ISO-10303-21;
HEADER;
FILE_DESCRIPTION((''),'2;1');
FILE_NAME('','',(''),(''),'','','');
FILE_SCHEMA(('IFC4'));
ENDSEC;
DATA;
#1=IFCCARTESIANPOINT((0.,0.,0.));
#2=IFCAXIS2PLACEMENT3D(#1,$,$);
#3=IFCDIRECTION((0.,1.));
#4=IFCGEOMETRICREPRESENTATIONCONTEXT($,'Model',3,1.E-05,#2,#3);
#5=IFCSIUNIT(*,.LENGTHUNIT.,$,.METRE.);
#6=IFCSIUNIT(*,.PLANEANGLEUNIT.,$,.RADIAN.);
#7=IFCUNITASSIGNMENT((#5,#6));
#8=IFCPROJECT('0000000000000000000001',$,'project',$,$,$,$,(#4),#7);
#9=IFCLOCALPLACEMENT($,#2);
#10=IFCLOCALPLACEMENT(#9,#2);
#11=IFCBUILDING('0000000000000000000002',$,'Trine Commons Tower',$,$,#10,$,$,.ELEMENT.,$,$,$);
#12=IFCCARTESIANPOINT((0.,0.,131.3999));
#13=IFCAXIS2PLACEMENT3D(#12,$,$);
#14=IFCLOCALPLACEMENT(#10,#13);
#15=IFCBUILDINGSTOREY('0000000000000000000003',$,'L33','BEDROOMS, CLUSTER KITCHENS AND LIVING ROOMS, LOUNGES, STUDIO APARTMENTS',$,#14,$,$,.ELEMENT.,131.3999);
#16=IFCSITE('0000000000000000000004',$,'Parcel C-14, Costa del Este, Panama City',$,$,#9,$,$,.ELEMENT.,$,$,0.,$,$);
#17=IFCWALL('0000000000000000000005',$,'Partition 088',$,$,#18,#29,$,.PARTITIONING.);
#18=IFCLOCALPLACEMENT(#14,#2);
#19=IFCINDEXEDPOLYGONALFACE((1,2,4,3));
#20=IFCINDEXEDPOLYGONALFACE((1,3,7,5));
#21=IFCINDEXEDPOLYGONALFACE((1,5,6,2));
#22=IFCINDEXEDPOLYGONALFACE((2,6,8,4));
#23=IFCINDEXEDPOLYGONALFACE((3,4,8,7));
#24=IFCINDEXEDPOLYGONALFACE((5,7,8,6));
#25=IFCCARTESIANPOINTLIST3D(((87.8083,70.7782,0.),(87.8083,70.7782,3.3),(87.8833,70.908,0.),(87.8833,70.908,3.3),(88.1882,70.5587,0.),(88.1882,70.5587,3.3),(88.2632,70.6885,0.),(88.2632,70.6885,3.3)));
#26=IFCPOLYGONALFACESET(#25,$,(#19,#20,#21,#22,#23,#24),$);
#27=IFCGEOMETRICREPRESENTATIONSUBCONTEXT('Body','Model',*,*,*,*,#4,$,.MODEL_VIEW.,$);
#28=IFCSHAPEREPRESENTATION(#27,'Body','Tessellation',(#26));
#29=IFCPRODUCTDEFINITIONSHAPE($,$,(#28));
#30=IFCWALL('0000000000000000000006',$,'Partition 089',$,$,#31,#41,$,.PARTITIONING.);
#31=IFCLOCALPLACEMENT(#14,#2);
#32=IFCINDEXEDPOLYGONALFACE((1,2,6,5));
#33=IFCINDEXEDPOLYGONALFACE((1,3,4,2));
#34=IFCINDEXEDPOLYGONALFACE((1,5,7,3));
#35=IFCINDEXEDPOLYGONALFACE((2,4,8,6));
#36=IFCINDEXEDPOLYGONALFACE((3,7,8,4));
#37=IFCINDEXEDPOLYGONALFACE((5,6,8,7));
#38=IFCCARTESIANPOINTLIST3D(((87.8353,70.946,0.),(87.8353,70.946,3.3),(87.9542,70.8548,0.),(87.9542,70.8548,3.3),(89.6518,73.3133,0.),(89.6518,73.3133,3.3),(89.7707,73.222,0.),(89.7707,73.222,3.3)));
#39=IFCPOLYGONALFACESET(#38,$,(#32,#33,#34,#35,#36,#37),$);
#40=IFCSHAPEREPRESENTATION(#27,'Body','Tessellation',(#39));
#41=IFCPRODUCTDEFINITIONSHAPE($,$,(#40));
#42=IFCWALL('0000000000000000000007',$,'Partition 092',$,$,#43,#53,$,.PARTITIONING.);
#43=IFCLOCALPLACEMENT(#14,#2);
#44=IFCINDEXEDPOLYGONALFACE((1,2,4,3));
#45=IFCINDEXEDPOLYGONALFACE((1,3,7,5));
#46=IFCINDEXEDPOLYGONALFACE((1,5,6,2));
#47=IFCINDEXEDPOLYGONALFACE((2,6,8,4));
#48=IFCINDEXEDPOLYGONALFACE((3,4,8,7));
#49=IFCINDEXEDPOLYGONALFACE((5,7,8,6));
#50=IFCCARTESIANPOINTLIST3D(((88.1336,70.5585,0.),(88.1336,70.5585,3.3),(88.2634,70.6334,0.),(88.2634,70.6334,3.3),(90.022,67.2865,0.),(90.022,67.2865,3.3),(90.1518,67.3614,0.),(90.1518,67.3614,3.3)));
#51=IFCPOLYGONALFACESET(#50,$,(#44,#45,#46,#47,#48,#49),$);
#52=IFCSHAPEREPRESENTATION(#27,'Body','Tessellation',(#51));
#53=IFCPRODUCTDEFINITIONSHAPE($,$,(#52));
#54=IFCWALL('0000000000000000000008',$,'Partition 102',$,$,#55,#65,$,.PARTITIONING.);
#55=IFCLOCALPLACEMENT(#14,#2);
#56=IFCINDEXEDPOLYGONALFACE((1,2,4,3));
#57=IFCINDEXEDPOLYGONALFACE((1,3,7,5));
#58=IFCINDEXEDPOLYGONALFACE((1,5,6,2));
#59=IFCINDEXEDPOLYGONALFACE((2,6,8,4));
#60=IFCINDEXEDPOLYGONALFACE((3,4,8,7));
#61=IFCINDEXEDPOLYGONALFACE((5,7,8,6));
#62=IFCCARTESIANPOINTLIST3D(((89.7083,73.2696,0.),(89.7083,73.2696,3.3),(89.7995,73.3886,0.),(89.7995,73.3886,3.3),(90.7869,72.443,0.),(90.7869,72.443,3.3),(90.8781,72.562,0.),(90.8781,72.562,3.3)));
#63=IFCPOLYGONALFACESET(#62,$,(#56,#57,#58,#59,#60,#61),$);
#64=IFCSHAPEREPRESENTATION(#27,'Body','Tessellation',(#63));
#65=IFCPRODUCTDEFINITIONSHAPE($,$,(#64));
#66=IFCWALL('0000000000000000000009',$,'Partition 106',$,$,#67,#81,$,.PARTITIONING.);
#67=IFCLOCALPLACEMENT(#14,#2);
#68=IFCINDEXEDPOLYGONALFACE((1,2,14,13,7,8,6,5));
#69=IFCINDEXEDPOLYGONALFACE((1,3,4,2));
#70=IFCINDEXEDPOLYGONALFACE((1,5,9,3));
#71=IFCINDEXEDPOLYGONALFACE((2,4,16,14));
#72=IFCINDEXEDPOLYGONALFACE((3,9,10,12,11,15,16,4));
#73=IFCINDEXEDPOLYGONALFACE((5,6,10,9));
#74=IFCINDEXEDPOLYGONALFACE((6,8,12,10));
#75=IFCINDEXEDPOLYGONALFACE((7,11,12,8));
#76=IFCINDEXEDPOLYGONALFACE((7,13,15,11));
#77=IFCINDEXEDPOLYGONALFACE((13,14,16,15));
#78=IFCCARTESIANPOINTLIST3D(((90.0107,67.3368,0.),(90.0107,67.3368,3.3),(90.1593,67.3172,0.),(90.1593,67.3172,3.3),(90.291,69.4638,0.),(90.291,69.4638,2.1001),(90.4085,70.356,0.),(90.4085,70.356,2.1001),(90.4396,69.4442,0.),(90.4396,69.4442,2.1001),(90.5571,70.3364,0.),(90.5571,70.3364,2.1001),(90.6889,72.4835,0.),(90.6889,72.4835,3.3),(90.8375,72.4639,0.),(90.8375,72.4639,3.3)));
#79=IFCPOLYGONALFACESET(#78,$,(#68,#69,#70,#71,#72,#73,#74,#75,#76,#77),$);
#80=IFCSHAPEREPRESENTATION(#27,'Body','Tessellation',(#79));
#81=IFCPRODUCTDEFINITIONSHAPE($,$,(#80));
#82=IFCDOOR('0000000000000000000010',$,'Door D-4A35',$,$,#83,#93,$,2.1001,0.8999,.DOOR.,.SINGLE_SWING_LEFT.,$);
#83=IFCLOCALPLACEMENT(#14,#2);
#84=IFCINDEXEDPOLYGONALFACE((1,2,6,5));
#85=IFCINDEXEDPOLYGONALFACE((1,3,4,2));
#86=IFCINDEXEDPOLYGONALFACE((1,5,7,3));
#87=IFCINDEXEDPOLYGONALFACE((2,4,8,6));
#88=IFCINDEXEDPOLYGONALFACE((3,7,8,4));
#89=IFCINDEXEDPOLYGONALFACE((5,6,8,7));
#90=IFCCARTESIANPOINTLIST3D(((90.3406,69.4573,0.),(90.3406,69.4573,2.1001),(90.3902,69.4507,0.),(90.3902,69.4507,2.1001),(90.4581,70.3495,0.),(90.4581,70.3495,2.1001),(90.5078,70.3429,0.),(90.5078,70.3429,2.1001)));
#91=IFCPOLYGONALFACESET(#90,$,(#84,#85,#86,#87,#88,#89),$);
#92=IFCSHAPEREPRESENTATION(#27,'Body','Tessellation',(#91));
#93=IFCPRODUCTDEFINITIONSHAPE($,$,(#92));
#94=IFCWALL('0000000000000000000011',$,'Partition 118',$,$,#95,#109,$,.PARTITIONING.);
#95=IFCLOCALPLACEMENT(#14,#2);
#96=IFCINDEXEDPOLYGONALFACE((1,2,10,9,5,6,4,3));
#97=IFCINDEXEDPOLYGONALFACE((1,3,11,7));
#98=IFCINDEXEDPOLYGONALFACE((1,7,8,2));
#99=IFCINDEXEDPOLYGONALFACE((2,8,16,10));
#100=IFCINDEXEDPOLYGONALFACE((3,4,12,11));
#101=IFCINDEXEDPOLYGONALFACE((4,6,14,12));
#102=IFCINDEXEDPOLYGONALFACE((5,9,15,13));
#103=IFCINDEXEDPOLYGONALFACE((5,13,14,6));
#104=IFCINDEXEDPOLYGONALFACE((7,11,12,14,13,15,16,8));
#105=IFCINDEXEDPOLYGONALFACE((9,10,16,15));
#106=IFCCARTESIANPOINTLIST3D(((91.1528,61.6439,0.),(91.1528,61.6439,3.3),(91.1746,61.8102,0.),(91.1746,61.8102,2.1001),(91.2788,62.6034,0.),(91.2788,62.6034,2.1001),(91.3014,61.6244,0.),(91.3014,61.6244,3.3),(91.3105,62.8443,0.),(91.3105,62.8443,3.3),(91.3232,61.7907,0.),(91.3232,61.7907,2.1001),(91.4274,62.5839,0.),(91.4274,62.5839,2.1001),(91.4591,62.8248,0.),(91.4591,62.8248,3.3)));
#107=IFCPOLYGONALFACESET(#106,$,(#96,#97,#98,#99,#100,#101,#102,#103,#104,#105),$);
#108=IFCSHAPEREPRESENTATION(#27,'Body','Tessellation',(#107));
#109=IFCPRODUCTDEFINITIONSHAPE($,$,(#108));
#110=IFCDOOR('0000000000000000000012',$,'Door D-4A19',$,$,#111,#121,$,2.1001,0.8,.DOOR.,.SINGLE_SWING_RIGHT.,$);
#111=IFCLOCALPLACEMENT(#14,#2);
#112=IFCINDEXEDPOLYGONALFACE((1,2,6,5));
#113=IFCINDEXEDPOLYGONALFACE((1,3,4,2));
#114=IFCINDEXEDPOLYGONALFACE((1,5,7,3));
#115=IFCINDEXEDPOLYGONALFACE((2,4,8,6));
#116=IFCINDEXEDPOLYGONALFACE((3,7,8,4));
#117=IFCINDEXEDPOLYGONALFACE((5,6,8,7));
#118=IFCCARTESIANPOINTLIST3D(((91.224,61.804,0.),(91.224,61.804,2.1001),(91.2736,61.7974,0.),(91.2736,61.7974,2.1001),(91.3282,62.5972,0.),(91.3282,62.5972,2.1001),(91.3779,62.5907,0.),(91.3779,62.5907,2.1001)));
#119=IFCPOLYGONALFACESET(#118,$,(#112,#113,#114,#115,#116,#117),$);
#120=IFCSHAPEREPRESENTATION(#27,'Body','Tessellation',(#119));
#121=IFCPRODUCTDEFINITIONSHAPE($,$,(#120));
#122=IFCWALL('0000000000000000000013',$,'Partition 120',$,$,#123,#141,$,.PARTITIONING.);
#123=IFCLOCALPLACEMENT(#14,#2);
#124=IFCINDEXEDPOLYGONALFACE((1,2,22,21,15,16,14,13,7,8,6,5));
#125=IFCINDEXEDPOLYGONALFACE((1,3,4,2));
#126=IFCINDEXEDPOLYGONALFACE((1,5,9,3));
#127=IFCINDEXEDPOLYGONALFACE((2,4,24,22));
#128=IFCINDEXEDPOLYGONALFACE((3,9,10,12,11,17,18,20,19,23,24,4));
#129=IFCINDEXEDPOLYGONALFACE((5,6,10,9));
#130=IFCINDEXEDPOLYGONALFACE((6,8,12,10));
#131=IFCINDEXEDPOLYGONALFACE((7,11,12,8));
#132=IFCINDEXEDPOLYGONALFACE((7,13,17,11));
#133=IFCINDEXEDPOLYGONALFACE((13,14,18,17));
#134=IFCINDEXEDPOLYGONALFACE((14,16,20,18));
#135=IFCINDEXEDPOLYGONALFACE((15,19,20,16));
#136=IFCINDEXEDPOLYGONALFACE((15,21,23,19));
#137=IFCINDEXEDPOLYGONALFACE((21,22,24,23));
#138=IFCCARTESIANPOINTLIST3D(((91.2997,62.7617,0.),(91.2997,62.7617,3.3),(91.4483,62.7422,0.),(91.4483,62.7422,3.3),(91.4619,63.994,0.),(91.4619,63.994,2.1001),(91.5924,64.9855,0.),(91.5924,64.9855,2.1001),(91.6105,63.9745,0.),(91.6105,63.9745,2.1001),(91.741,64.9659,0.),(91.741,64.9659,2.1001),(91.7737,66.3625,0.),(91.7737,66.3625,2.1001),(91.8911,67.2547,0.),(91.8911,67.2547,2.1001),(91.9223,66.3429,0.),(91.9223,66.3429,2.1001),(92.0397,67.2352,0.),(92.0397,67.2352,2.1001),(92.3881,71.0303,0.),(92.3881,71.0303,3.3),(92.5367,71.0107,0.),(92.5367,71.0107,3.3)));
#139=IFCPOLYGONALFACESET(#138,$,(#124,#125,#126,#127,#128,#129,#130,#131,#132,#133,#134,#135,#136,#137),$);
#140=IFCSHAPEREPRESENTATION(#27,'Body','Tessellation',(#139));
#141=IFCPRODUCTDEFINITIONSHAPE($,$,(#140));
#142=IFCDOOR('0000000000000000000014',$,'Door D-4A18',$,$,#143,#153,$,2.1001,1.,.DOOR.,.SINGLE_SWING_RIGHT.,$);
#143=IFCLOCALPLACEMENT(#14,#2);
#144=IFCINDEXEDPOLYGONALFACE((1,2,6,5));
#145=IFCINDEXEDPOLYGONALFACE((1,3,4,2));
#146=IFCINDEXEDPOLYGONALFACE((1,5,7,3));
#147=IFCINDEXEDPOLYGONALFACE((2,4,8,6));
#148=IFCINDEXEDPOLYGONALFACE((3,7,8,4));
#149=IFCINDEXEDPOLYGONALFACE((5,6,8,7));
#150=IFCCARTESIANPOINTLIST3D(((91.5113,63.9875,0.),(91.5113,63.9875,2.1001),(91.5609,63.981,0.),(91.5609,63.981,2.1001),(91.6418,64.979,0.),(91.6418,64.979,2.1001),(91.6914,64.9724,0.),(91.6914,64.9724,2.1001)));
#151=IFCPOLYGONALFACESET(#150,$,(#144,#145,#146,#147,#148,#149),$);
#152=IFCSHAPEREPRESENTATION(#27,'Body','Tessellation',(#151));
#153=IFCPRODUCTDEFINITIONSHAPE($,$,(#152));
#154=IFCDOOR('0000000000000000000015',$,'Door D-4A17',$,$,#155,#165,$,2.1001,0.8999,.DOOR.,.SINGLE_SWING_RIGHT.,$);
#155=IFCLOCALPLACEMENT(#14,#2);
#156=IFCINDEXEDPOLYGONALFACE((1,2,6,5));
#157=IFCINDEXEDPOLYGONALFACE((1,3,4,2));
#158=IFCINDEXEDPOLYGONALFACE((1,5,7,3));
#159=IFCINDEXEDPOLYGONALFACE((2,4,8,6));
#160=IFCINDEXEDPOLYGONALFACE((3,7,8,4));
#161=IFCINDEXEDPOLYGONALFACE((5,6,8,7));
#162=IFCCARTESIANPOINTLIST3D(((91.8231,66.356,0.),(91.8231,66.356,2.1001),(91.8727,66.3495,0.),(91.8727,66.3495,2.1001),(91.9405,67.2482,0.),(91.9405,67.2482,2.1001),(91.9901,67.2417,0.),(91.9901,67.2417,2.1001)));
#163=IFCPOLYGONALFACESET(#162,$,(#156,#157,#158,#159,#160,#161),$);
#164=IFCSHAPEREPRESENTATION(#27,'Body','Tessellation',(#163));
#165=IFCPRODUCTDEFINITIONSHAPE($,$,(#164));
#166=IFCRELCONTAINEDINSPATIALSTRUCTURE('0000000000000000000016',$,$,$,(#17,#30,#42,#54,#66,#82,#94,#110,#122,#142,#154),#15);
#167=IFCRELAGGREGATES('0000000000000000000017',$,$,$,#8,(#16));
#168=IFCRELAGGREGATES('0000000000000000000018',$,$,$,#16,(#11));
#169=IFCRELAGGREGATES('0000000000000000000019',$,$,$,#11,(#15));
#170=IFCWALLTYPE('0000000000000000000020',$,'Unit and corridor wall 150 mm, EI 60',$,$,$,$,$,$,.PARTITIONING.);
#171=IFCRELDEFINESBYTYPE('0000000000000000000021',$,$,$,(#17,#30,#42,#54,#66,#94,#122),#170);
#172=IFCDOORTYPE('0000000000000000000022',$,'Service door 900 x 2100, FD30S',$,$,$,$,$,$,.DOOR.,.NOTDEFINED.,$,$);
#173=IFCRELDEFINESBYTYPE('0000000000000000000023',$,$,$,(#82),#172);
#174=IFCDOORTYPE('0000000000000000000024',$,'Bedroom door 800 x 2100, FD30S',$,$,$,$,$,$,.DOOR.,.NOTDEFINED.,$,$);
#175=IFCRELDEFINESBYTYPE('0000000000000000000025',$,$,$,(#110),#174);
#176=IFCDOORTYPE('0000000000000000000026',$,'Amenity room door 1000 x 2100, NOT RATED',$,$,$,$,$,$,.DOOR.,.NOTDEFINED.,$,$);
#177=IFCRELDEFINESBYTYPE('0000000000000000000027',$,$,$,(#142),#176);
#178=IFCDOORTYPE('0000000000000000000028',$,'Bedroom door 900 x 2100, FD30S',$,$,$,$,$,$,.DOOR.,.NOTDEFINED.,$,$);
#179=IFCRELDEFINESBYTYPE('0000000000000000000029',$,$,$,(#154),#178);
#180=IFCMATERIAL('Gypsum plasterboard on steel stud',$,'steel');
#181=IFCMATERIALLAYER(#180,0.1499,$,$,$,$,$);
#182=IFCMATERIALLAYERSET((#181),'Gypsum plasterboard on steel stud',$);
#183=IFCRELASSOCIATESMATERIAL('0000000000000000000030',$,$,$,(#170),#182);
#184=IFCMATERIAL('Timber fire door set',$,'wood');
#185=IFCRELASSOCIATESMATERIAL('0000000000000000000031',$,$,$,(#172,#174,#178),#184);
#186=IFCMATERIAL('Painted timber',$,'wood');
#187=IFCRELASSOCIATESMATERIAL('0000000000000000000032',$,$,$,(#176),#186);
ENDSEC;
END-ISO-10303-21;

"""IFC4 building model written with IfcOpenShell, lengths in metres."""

from ifc_helpers import new_model, si_unit, direction, frame, frame_2d, origin, place, context, subcontext, project, spatial, rectangle, extrude, material, layer, layer_set, type_object, element, fill, save


model = new_model("IFC4")

# Units and contexts
model_context = context("Model", 3, precision=1e-05, world=origin(), true_north=direction((0.0, 1.0)))
body_context = subcontext(model_context, "Body", "Model", "MODEL_VIEW")
ifc_project = project(units=[si_unit("LENGTHUNIT", "METRE"), si_unit("PLANEANGLEUNIT", "RADIAN")], contexts=[model_context])

# Site, building, storey
site_placement = place(None, origin())
site = spatial("IfcSite", under=ifc_project, at=site_placement, Name="Parcel C-14, Costa del Este, Panama City", CompositionType="ELEMENT", RefElevation=0.0)
building_placement = place(site_placement, origin())
building = spatial("IfcBuilding", under=site, at=building_placement, Name="Trine Commons Tower", CompositionType="ELEMENT")
storey_placement = place(building_placement, frame((0.0, 0.0, 131.3999)))
storey = spatial("IfcBuildingStorey", under=building, at=storey_placement, Name="L33", Description="BEDROOMS, CLUSTER KITCHENS AND LIVING ROOMS, LOUNGES, STUDIO APARTMENTS", CompositionType="ELEMENT", Elevation=131.3999)

# Walls
ifc_material_1 = material(Name="Gypsum plasterboard on steel stud", Category="steel")
ifc_layer_1 = layer(ifc_material_1, 0.1499)
ifc_layer_set_1 = layer_set([ifc_layer_1], Name="Gypsum plasterboard on steel stud")
wall_type_1 = type_object("IfcWallType", Name="Unit and corridor wall 150 mm, EI 60", PredefinedType="PARTITIONING", material=ifc_layer_set_1)
wall_1_placement = place(storey_placement, frame((87.8459, 70.843, 0.0), z_axis=(0.0, 0.0, 1.0), x_axis=(0.86587, -0.500268, 0.0)))
element("IfcWall", 1, at=wall_1_placement, inside=storey, type_object=wall_type_1, Name="Partition 088", PredefinedType="PARTITIONING", context=body_context, shape_type="SweptSolid", body=[
    extrude(rectangle(XDim=0.4387, YDim=0.1499, at=frame_2d((0.2192, 0.0))), origin(), (0.0, 0.0, 1.0), 3.3),
])
wall_2_placement = place(storey_placement, frame((87.8948, 70.9004, 0.0), z_axis=(0.0, 0.0, 1.0), x_axis=(0.608761, 0.793353, 0.0)))
element("IfcWall", 2, at=wall_2_placement, inside=storey, type_object=wall_type_1, Name="Partition 089", PredefinedType="PARTITIONING", context=body_context, shape_type="SweptSolid", body=[
    extrude(rectangle(XDim=2.9839, YDim=0.1499, at=frame_2d((1.4919, 0.0))), origin(), (0.0, 0.0, 1.0), 3.3),
])
wall_3_placement = place(storey_placement, frame((88.1985, 70.5959, 0.0), z_axis=(0.0, 0.0, 1.0), x_axis=(0.499872, -0.8661, 0.0)))
element("IfcWall", 3, at=wall_3_placement, inside=storey, type_object=wall_type_1, Name="Partition 092", PredefinedType="PARTITIONING", context=body_context, shape_type="SweptSolid", body=[
    extrude(rectangle(XDim=3.7778, YDim=0.1499, at=frame_2d((1.8889, 0.0))), origin(), (0.0, 0.0, 1.0), 3.3),
])
wall_4_placement = place(storey_placement, frame((89.7539, 73.3291, 0.0), z_axis=(0.0, 0.0, 1.0), x_axis=(0.793705, -0.608303, 0.0)))
element("IfcWall", 4, at=wall_4_placement, inside=storey, type_object=wall_type_1, Name="Partition 102", PredefinedType="PARTITIONING", context=body_context, shape_type="SweptSolid", body=[
    extrude(rectangle(XDim=1.3589, YDim=0.1499, at=frame_2d((0.6794, 0.0))), origin(), (0.0, 0.0, 1.0), 3.3),
])

# Walls, openings, doors
wall_5_placement = place(storey_placement, frame((90.085, 67.3269, 0.0), z_axis=(0.0, 0.0, 1.0), x_axis=(0.130648, 0.991429, 0.0)))
wall_5 = element("IfcWall", 5, at=wall_5_placement, inside=storey, type_object=wall_type_1, Name="Partition 106", PredefinedType="PARTITIONING", context=body_context, shape_type="SweptSolid", body=[
    extrude(rectangle(XDim=5.1912, YDim=0.1499, at=frame_2d((2.5957, 0.0))), origin(), (0.0, 0.0, 1.0), 3.3),
])
opening_1_placement = place(wall_5_placement, frame((2.1455, 0.0, 0.0)))
opening_1 = element("IfcOpeningElement", 6, at=opening_1_placement, cuts=wall_5, PredefinedType="OPENING", context=body_context, shape_type="SweptSolid", body=[
    extrude(rectangle(XDim=0.8999, YDim=2.1001, at=frame_2d((0.45, 1.05))), frame((0.0, 0.085, 0.0), z_axis=(0.0, -1.0, 0.0), x_axis=(1.0, 0.0, 0.0)), (0.0, 0.0, 1.0), 0.1699),
])
ifc_material_2 = material(Name="Timber fire door set", Category="wood")
door_type_1 = type_object("IfcDoorType", Name="Service door 900 x 2100, FD30S", OperationType="NOTDEFINED", PredefinedType="DOOR", material=ifc_material_2)
door_1_placement = place(opening_1_placement, origin())
door_1 = element("IfcDoor", 7, at=door_1_placement, inside=storey, type_object=door_type_1, Name="Door D-4A35", OperationType="SINGLE_SWING_LEFT", OverallHeight=2.1001, OverallWidth=0.8999, PredefinedType="DOOR", context=body_context, shape_type="SweptSolid", body=[
    extrude(rectangle(XDim=0.8999, YDim=2.1001, at=frame_2d((0.45, 1.05))), frame((0.0, 0.0249, 0.0), z_axis=(0.0, -1.0, 0.0), x_axis=(1.0, 0.0, 0.0)), (0.0, 0.0, 1.0), 0.05),
])
fill(opening_1, door_1)
wall_6_placement = place(storey_placement, frame((91.2271, 61.634, 0.0), z_axis=(0.0, 0.0, 1.0), x_axis=(0.130262, 0.99148, 0.0)))
wall_6 = element("IfcWall", 8, at=wall_6_placement, inside=storey, type_object=wall_type_1, Name="Partition 118", PredefinedType="PARTITIONING", context=body_context, shape_type="SweptSolid", body=[
    extrude(rectangle(XDim=1.2107, YDim=0.1499, at=frame_2d((0.6055, 0.0))), origin(), (0.0, 0.0, 1.0), 3.3),
])
opening_2_placement = place(wall_6_placement, frame((0.168, 0.0, 0.0)))
opening_2 = element("IfcOpeningElement", 9, at=opening_2_placement, cuts=wall_6, PredefinedType="OPENING", context=body_context, shape_type="SweptSolid", body=[
    extrude(rectangle(XDim=0.8, YDim=2.1001, at=frame_2d((0.3999, 1.05))), frame((0.0, 0.085, 0.0), z_axis=(0.0, -1.0, 0.0), x_axis=(1.0, 0.0, 0.0)), (0.0, 0.0, 1.0), 0.1699),
])
door_type_2 = type_object("IfcDoorType", Name="Bedroom door 800 x 2100, FD30S", OperationType="NOTDEFINED", PredefinedType="DOOR", material=ifc_material_2)
door_2_placement = place(opening_2_placement, frame((0.8, 0.0, 0.0), z_axis=(0.0, 0.0, 1.0), x_axis=(-1.0, 0.0, 0.0)))
door_2 = element("IfcDoor", 10, at=door_2_placement, inside=storey, type_object=door_type_2, Name="Door D-4A19", OperationType="SINGLE_SWING_RIGHT", OverallHeight=2.1001, OverallWidth=0.8, PredefinedType="DOOR", context=body_context, shape_type="SweptSolid", body=[
    extrude(rectangle(XDim=0.8, YDim=2.1001, at=frame_2d((0.3999, 1.05))), frame((0.0, 0.0249, 0.0), z_axis=(0.0, -1.0, 0.0), x_axis=(1.0, 0.0, 0.0)), (0.0, 0.0, 1.0), 0.05),
])
fill(opening_2, door_2)

# Wall, openings, doors
wall_7_placement = place(storey_placement, frame((91.374, 62.752, 0.0), z_axis=(0.0, 0.0, 1.0), x_axis=(0.130503, 0.991448, 0.0)))
wall_7 = element("IfcWall", 11, at=wall_7_placement, inside=storey, type_object=wall_type_1, Name="Partition 120", PredefinedType="PARTITIONING", context=body_context, shape_type="SweptSolid", body=[
    extrude(rectangle(XDim=8.3398, YDim=0.1499, at=frame_2d((4.1699, 0.0))), origin(), (0.0, 0.0, 1.0), 3.3),
])
opening_3_placement = place(wall_7_placement, frame((3.6318, 0.0, 0.0)))
opening_3 = element("IfcOpeningElement", 12, at=opening_3_placement, cuts=wall_7, PredefinedType="OPENING", context=body_context, shape_type="SweptSolid", body=[
    extrude(rectangle(XDim=0.8999, YDim=2.1001, at=frame_2d((0.45, 1.05))), frame((0.0, 0.085, 0.0), z_axis=(0.0, -1.0, 0.0), x_axis=(1.0, 0.0, 0.0)), (0.0, 0.0, 1.0), 0.1699),
])
opening_4_placement = place(wall_7_placement, frame((1.2429, 0.0, 0.0)))
opening_4 = element("IfcOpeningElement", 13, at=opening_4_placement, cuts=wall_7, PredefinedType="OPENING", context=body_context, shape_type="SweptSolid", body=[
    extrude(rectangle(XDim=1.0, YDim=2.1001, at=frame_2d((0.5, 1.05))), frame((0.0, 0.085, 0.0), z_axis=(0.0, -1.0, 0.0), x_axis=(1.0, 0.0, 0.0)), (0.0, 0.0, 1.0), 0.1699),
])
ifc_material_3 = material(Name="Painted timber", Category="wood")
door_type_3 = type_object("IfcDoorType", Name="Amenity room door 1000 x 2100, NOT RATED", OperationType="NOTDEFINED", PredefinedType="DOOR", material=ifc_material_3)
door_3_placement = place(opening_4_placement, frame((1.0, 0.0, 0.0), z_axis=(0.0, 0.0, 1.0), x_axis=(-1.0, 0.0, 0.0)))
door_3 = element("IfcDoor", 14, at=door_3_placement, inside=storey, type_object=door_type_3, Name="Door D-4A18", OperationType="SINGLE_SWING_RIGHT", OverallHeight=2.1001, OverallWidth=1.0, PredefinedType="DOOR", context=body_context, shape_type="SweptSolid", body=[
    extrude(rectangle(XDim=1.0, YDim=2.1001, at=frame_2d((0.5, 1.05))), frame((0.0, 0.0249, 0.0), z_axis=(0.0, -1.0, 0.0), x_axis=(1.0, 0.0, 0.0)), (0.0, 0.0, 1.0), 0.05),
])
fill(opening_4, door_3)
door_type_4 = type_object("IfcDoorType", Name="Bedroom door 900 x 2100, FD30S", OperationType="NOTDEFINED", PredefinedType="DOOR", material=ifc_material_2)
door_4_placement = place(opening_3_placement, frame((0.8999, 0.0, 0.0), z_axis=(0.0, 0.0, 1.0), x_axis=(-1.0, 0.0, 0.0)))
door_4 = element("IfcDoor", 15, at=door_4_placement, inside=storey, type_object=door_type_4, Name="Door D-4A17", OperationType="SINGLE_SWING_RIGHT", OverallHeight=2.1001, OverallWidth=0.8999, PredefinedType="DOOR", context=body_context, shape_type="SweptSolid", body=[
    extrude(rectangle(XDim=0.8999, YDim=2.1001, at=frame_2d((0.45, 1.05))), frame((0.0, 0.0249, 0.0), z_axis=(0.0, -1.0, 0.0), x_axis=(1.0, 0.0, 0.0)), (0.0, 0.0, 1.0), 0.05),
])
fill(opening_3, door_4)

save(model, "model.ifc")
